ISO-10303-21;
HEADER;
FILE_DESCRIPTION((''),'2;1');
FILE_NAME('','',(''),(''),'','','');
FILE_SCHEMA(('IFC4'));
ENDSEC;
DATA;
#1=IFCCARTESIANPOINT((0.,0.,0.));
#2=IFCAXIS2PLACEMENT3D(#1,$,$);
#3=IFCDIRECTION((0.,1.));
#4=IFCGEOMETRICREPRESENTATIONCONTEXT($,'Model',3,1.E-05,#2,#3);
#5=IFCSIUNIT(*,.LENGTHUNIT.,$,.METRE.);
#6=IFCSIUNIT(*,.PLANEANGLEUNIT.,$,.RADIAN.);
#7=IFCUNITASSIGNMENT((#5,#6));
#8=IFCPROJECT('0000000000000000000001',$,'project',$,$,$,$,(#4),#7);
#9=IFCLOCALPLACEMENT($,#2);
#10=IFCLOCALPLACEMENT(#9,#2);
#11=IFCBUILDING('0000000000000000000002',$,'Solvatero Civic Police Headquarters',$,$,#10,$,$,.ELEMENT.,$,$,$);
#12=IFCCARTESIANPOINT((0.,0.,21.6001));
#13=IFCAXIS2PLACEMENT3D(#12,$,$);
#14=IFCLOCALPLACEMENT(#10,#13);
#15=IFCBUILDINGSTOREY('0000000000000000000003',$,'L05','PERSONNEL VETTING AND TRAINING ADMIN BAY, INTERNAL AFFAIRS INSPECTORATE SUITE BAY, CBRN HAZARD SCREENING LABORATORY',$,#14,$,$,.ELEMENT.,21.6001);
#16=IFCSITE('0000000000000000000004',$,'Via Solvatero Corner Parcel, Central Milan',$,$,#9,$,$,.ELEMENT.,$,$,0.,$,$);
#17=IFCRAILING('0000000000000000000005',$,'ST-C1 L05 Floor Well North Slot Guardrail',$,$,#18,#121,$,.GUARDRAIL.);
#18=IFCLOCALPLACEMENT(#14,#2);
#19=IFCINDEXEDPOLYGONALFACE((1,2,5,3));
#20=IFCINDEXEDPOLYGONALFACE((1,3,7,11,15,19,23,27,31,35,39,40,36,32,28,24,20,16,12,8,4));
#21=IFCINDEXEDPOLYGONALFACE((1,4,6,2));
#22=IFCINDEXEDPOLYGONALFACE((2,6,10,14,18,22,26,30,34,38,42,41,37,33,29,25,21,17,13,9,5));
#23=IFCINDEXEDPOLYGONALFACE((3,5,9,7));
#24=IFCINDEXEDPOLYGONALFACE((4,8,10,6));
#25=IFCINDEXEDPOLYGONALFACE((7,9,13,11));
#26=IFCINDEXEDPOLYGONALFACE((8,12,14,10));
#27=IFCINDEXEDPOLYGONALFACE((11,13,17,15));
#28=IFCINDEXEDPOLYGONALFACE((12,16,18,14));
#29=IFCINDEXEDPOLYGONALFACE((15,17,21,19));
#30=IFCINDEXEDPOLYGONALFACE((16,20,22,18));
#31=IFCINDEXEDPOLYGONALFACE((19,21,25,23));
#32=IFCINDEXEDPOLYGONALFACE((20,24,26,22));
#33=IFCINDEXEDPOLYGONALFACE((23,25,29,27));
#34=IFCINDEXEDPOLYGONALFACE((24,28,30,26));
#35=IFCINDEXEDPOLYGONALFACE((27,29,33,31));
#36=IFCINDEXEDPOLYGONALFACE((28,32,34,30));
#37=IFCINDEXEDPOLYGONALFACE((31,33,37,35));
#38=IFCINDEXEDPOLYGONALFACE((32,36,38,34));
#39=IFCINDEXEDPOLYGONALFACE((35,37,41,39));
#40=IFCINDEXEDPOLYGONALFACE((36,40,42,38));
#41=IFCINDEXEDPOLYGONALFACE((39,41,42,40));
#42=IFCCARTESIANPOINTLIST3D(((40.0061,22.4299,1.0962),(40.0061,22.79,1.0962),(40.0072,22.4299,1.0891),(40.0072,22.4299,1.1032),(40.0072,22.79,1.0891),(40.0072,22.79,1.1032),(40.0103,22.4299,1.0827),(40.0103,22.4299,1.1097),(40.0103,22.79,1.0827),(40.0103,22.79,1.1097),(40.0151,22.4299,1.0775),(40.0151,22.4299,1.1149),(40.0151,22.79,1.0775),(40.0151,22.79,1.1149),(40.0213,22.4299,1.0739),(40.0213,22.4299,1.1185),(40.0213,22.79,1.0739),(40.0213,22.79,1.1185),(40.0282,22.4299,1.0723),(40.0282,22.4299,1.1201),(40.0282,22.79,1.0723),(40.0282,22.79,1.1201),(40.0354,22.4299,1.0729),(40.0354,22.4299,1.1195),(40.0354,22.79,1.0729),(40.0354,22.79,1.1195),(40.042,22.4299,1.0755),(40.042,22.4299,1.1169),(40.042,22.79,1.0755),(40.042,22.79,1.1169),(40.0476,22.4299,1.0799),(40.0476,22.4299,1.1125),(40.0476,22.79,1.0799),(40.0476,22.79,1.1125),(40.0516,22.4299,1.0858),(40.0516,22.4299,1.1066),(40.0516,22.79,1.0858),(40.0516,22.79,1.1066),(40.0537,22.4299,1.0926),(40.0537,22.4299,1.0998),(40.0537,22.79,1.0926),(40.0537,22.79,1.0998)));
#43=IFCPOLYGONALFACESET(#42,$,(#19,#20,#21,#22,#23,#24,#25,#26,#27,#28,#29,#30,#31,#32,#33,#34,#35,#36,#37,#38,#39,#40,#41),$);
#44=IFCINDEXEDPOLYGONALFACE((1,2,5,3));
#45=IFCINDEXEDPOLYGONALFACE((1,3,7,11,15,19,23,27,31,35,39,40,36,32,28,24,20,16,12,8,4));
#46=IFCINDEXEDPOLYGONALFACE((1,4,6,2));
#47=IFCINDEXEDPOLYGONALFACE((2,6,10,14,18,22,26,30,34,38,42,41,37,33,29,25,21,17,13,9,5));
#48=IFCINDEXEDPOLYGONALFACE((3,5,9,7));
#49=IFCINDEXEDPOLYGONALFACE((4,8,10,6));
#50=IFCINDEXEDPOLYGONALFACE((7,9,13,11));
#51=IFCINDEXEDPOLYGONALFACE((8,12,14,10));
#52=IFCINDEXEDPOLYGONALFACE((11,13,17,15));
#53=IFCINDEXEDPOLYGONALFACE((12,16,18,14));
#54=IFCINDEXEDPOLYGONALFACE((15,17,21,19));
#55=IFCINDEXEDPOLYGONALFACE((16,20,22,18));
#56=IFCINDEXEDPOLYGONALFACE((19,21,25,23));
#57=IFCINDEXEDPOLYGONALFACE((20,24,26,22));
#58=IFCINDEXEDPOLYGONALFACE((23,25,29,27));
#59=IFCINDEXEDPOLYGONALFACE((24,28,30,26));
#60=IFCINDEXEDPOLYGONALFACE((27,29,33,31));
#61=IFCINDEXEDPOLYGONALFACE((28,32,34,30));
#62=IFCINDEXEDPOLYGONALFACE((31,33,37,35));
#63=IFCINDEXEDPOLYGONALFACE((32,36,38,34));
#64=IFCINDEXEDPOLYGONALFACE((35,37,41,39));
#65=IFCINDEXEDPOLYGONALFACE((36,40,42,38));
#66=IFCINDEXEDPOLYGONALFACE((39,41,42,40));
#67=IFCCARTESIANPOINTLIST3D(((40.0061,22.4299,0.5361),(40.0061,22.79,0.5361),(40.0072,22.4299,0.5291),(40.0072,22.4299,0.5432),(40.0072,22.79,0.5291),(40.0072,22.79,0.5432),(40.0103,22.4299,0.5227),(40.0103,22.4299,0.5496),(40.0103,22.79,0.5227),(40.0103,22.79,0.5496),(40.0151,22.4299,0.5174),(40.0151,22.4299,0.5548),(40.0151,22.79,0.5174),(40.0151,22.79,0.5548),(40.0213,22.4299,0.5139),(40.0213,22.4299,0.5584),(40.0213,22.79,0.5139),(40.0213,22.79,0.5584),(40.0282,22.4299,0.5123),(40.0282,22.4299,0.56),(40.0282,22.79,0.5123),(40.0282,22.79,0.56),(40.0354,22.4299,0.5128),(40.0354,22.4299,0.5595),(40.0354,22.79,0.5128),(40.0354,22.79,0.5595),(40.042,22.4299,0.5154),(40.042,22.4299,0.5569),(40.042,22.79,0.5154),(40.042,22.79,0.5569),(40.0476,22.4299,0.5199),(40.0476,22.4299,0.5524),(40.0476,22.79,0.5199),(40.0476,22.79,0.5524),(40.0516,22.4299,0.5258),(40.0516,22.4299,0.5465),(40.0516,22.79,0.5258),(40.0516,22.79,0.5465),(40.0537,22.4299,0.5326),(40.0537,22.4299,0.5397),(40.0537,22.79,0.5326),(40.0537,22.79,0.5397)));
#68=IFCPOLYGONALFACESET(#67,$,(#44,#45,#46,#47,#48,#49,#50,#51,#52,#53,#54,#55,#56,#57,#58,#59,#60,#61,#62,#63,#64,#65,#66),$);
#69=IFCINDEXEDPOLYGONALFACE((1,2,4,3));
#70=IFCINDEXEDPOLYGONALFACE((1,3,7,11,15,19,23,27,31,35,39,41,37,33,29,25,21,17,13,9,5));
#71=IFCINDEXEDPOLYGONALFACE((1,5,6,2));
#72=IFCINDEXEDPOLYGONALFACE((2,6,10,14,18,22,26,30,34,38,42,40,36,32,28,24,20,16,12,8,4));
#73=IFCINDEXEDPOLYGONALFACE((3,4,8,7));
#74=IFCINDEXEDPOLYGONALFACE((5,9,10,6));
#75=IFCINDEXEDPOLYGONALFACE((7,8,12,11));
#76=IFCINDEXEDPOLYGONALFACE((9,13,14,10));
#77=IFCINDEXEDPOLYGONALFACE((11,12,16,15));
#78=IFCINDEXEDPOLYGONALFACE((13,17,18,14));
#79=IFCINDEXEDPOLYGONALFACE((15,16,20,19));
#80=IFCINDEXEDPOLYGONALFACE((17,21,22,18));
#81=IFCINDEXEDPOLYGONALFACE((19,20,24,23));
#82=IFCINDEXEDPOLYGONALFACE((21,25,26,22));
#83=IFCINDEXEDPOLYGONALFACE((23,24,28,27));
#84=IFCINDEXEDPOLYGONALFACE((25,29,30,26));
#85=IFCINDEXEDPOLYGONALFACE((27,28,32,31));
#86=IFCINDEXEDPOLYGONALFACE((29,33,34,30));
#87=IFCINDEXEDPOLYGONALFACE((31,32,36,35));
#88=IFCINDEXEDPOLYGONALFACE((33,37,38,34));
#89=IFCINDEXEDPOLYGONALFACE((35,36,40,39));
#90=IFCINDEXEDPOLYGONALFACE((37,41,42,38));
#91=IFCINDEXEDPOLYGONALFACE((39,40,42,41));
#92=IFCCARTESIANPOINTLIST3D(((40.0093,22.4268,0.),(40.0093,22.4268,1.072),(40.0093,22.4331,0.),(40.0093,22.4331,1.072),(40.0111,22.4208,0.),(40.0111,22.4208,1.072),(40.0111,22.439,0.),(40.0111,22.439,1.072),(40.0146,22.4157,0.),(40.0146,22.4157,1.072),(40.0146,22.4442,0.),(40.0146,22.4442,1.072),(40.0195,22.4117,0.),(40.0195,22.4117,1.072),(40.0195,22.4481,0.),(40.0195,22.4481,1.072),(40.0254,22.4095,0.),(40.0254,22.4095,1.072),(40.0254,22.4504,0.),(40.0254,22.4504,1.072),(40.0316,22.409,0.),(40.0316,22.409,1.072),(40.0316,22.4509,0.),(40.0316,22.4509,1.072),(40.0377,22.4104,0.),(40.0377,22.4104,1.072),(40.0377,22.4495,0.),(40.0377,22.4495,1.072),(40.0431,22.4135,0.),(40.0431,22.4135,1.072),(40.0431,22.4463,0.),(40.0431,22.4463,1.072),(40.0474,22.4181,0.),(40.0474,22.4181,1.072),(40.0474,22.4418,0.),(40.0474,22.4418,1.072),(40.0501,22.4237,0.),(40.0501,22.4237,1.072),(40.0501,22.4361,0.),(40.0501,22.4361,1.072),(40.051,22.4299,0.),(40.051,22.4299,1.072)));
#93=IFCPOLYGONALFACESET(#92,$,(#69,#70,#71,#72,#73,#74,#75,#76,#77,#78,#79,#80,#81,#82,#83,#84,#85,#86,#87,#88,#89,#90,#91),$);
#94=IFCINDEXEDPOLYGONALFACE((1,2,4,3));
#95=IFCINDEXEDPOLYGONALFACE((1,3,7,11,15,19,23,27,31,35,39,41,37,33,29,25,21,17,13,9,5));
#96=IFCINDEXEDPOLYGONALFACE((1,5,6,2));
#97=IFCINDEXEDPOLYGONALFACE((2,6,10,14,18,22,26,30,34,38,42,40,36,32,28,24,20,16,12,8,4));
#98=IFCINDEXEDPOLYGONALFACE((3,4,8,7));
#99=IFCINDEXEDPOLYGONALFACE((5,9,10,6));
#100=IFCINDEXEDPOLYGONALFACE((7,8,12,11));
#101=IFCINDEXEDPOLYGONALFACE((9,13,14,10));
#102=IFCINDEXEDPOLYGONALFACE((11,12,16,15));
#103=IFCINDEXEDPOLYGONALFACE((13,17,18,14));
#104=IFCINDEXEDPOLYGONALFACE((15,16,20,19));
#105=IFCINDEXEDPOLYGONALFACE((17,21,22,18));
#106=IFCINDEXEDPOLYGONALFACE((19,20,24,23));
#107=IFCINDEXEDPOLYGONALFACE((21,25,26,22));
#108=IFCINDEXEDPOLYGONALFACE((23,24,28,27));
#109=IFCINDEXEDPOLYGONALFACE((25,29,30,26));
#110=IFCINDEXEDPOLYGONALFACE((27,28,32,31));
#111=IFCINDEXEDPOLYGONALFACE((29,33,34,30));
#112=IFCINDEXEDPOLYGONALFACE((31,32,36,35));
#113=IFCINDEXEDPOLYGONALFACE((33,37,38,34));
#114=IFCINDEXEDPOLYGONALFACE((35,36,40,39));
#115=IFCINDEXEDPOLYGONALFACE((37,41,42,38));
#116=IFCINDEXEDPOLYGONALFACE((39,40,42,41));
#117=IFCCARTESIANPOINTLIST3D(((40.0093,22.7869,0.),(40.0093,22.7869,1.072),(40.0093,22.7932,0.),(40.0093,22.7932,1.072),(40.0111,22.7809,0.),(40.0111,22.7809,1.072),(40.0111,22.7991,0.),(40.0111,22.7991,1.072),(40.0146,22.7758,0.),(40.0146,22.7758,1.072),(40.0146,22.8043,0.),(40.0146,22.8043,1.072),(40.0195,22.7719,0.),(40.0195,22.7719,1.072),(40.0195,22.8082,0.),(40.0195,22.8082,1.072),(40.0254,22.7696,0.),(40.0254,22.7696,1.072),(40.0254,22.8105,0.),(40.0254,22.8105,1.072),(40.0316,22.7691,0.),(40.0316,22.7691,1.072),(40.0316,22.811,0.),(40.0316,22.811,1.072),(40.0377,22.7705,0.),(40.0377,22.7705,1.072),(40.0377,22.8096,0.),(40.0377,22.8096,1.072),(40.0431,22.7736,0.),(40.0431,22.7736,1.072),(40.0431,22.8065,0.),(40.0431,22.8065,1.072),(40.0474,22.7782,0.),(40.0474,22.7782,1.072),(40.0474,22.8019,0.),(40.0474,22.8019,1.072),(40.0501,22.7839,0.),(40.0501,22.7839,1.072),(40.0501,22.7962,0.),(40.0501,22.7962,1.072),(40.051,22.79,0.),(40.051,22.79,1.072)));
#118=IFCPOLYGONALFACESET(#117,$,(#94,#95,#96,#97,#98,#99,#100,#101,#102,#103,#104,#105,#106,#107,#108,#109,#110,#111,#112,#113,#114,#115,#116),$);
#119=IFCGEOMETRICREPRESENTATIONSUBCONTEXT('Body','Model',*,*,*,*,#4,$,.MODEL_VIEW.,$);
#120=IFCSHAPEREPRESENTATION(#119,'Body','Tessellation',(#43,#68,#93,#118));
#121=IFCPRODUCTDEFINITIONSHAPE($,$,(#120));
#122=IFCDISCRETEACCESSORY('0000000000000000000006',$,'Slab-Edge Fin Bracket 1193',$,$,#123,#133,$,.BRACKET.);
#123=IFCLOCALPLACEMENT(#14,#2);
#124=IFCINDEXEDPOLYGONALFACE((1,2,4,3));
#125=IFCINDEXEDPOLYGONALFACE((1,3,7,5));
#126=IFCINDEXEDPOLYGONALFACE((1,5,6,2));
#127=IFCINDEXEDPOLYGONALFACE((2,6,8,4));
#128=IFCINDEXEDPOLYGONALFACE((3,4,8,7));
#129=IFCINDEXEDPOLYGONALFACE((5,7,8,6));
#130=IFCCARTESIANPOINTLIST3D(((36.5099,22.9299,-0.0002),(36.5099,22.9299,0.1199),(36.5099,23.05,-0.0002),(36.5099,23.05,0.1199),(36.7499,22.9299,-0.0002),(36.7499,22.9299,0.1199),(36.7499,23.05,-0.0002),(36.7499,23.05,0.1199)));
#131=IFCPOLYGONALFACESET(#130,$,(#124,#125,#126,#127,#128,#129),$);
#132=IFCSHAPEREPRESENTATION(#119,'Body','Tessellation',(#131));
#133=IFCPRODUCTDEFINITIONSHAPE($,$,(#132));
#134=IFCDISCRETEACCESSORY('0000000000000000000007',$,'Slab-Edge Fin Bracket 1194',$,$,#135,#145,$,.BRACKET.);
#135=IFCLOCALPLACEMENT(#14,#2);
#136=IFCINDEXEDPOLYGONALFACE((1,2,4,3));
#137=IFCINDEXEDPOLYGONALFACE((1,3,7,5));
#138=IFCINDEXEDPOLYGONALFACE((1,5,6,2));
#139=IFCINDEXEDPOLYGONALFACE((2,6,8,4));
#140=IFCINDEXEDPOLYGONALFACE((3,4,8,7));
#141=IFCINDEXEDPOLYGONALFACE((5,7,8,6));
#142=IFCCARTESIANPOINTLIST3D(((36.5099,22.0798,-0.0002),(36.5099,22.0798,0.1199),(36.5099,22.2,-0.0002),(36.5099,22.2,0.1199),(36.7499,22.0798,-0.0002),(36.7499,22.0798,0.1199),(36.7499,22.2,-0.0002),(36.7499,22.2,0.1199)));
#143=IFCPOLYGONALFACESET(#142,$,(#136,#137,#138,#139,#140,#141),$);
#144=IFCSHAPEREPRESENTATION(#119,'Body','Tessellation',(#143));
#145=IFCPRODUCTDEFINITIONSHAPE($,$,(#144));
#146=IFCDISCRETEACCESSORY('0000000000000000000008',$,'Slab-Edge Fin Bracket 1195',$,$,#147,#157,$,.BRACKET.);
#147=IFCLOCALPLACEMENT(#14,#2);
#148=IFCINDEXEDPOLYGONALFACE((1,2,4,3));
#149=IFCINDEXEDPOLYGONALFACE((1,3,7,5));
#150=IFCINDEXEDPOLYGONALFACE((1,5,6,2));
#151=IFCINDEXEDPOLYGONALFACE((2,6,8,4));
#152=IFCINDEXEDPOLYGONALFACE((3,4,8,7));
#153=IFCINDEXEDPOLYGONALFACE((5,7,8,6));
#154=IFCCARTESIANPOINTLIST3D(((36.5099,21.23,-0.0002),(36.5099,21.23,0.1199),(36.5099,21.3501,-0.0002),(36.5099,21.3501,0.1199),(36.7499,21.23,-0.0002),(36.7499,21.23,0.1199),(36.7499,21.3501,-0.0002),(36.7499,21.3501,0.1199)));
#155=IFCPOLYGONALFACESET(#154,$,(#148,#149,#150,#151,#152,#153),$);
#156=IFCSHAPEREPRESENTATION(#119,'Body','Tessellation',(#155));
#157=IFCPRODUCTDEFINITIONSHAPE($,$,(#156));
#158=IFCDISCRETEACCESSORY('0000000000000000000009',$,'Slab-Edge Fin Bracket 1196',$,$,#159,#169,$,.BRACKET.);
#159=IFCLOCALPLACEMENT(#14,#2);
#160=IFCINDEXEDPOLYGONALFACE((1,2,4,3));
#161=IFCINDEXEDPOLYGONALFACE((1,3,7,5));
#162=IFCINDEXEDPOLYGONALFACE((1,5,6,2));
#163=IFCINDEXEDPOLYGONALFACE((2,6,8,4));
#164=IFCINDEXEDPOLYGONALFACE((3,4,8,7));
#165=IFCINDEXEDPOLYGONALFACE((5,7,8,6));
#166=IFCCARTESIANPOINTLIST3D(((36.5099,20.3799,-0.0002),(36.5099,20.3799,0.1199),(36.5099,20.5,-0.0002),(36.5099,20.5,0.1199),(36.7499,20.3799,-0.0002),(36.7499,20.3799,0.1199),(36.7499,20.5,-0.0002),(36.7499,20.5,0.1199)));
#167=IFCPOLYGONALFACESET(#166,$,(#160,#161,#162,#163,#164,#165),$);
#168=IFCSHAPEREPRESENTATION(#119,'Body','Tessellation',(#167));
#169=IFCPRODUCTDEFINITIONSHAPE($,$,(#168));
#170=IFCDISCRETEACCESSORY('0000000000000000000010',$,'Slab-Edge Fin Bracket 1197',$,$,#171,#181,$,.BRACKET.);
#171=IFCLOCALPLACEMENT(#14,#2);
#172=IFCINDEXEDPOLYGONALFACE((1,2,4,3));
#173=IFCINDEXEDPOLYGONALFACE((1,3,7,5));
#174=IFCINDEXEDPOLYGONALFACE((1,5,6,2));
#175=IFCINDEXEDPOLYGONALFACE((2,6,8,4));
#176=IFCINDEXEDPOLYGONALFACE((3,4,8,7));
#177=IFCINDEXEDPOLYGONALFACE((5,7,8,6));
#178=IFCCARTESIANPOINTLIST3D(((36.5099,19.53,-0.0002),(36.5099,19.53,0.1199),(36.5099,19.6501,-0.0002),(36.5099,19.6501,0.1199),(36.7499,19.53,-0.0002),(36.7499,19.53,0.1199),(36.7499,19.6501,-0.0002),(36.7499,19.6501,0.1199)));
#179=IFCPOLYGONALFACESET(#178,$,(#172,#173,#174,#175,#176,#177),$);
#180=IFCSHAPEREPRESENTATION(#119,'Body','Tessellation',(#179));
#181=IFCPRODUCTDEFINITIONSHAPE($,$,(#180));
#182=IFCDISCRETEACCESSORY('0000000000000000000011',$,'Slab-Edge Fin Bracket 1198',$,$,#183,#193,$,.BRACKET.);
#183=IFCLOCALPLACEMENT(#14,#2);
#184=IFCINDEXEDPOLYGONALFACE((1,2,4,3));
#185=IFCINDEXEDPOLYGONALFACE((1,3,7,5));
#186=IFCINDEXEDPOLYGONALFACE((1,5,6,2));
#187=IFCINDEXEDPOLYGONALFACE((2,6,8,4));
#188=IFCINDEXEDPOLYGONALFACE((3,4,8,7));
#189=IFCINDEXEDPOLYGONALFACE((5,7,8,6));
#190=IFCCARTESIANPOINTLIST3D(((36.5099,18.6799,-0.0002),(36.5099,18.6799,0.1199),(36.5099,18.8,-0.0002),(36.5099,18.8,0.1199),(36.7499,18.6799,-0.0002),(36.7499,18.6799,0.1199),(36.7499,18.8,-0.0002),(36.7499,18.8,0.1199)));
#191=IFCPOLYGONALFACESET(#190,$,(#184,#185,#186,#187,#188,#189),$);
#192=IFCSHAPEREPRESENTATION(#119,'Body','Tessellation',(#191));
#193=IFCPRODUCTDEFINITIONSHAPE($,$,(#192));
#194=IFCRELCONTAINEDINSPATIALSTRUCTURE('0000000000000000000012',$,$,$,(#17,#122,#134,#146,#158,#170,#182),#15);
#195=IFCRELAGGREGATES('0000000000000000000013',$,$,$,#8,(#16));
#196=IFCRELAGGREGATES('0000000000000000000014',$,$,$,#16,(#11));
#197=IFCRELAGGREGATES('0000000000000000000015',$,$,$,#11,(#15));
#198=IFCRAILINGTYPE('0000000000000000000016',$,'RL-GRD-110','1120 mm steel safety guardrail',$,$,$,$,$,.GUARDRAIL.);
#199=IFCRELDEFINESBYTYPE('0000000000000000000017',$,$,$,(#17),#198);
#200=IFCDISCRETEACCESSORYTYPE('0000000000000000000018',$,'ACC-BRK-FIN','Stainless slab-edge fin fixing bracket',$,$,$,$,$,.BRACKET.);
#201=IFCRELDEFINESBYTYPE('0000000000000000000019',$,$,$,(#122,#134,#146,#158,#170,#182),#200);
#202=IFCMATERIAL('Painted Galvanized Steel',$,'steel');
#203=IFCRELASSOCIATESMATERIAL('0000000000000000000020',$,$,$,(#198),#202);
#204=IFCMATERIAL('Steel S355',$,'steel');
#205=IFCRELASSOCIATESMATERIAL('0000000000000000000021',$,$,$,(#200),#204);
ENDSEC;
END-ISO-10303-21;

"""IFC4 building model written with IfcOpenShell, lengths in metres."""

from ifc_helpers import new_model, si_unit, direction, frame, origin, origin_2d, place, context, subcontext, project, spatial, rectangle, circle, extrude, material, type_object, element, save


model = new_model("IFC4")

# Units and contexts
model_context = context("Model", 3, precision=1e-05, world=origin(), true_north=direction((0.0, 1.0)))
body_context = subcontext(model_context, "Body", "Model", "MODEL_VIEW")
ifc_project = project(units=[si_unit("LENGTHUNIT", "METRE"), si_unit("PLANEANGLEUNIT", "RADIAN")], contexts=[model_context])

# Site, building, storey
site_placement = place(None, origin())
site = spatial("IfcSite", under=ifc_project, at=site_placement, Name="Via Solvatero Corner Parcel, Central Milan", CompositionType="ELEMENT", RefElevation=0.0)
building_placement = place(site_placement, origin())
building = spatial("IfcBuilding", under=site, at=building_placement, Name="Solvatero Civic Police Headquarters", CompositionType="ELEMENT")
storey_placement = place(building_placement, frame((0.0, 0.0, 21.6001)))
storey = spatial("IfcBuildingStorey", under=building, at=storey_placement, Name="L05", Description="PERSONNEL VETTING AND TRAINING ADMIN BAY, INTERNAL AFFAIRS INSPECTORATE SUITE BAY, CBRN HAZARD SCREENING LABORATORY", CompositionType="ELEMENT", Elevation=21.6001)

# Railing
ifc_material_1 = material(Name="Painted Galvanized Steel", Category="steel")
railing_type = type_object("IfcRailingType", Name="RL-GRD-110", Description="1120 mm steel safety guardrail", PredefinedType="GUARDRAIL", material=ifc_material_1)
railing_placement = place(storey_placement, frame((40.03, 22.4299, 0.0)))
element("IfcRailing", 1, at=railing_placement, inside=storey, type_object=railing_type, Name="ST-C1 L05 Floor Well North Slot Guardrail", PredefinedType="GUARDRAIL", context=body_context, shape_type="SweptSolid", body=[
    extrude(circle(Radius=0.0239, at=origin_2d()), frame((0.0, 0.0, 1.0962), z_axis=(0.0, 1.0, 0.0), x_axis=(-1.0, 0.0, 0.0)), (0.0, 0.0, 1.0), 0.3601),
    extrude(circle(Radius=0.0239, at=origin_2d()), frame((0.0, 0.0, 0.5361), z_axis=(0.0, 1.0, 0.0), x_axis=(-1.0, 0.0, 0.0)), (0.0, 0.0, 1.0), 0.3601),
    extrude(circle(Radius=0.021, at=origin_2d()), origin(), (0.0, 0.0, 1.0), 1.072),
    extrude(circle(Radius=0.021, at=origin_2d()), frame((0.0, 0.3601, 0.0)), (0.0, 0.0, 1.0), 1.072),
])

# Discrete accessories
ifc_material_2 = material(Name="Steel S355", Category="steel")
discrete_accessory_type = type_object("IfcDiscreteAccessoryType", Name="ACC-BRK-FIN", Description="Stainless slab-edge fin fixing bracket", PredefinedType="BRACKET", material=ifc_material_2)
for number, where, z_axis, x_axis, name in (
    (2, (36.6299, 22.99, -0.0002), (0.0, 0.0, 1.0), (0.0, -1.0, 0.0), "Slab-Edge Fin Bracket 1193"),
    (3, (36.6299, 22.1399, -0.0002), (0.0, 0.0, 1.0), (0.0, -1.0, 0.0), "Slab-Edge Fin Bracket 1194"),
    (4, (36.6299, 21.29, -0.0002), (0.0, 0.0, 1.0), (0.0, -1.0, 0.0), "Slab-Edge Fin Bracket 1195"),
    (5, (36.6299, 20.4399, -0.0002), (0.0, 0.0, 1.0), (0.0, -1.0, 0.0), "Slab-Edge Fin Bracket 1196"),
    (6, (36.6299, 19.5901, -0.0002), (0.0, 0.0, 1.0), (0.0, -1.0, 0.0), "Slab-Edge Fin Bracket 1197"),
    (7, (36.6299, 18.74, -0.0002), (0.0, 0.0, 1.0), (0.0, -1.0, 0.0), "Slab-Edge Fin Bracket 1198"),
):
    element("IfcDiscreteAccessory", number, at=place(storey_placement, frame(where, z_axis=z_axis, x_axis=x_axis)), inside=storey, type_object=discrete_accessory_type, Name=name, PredefinedType="BRACKET", context=body_context, shape_type="SweptSolid", body=[
        extrude(rectangle(XDim=0.1201, YDim=0.24, at=origin_2d()), origin(), (0.0, 0.0, 1.0), 0.1201),
    ])

save(model, "model.ifc")
